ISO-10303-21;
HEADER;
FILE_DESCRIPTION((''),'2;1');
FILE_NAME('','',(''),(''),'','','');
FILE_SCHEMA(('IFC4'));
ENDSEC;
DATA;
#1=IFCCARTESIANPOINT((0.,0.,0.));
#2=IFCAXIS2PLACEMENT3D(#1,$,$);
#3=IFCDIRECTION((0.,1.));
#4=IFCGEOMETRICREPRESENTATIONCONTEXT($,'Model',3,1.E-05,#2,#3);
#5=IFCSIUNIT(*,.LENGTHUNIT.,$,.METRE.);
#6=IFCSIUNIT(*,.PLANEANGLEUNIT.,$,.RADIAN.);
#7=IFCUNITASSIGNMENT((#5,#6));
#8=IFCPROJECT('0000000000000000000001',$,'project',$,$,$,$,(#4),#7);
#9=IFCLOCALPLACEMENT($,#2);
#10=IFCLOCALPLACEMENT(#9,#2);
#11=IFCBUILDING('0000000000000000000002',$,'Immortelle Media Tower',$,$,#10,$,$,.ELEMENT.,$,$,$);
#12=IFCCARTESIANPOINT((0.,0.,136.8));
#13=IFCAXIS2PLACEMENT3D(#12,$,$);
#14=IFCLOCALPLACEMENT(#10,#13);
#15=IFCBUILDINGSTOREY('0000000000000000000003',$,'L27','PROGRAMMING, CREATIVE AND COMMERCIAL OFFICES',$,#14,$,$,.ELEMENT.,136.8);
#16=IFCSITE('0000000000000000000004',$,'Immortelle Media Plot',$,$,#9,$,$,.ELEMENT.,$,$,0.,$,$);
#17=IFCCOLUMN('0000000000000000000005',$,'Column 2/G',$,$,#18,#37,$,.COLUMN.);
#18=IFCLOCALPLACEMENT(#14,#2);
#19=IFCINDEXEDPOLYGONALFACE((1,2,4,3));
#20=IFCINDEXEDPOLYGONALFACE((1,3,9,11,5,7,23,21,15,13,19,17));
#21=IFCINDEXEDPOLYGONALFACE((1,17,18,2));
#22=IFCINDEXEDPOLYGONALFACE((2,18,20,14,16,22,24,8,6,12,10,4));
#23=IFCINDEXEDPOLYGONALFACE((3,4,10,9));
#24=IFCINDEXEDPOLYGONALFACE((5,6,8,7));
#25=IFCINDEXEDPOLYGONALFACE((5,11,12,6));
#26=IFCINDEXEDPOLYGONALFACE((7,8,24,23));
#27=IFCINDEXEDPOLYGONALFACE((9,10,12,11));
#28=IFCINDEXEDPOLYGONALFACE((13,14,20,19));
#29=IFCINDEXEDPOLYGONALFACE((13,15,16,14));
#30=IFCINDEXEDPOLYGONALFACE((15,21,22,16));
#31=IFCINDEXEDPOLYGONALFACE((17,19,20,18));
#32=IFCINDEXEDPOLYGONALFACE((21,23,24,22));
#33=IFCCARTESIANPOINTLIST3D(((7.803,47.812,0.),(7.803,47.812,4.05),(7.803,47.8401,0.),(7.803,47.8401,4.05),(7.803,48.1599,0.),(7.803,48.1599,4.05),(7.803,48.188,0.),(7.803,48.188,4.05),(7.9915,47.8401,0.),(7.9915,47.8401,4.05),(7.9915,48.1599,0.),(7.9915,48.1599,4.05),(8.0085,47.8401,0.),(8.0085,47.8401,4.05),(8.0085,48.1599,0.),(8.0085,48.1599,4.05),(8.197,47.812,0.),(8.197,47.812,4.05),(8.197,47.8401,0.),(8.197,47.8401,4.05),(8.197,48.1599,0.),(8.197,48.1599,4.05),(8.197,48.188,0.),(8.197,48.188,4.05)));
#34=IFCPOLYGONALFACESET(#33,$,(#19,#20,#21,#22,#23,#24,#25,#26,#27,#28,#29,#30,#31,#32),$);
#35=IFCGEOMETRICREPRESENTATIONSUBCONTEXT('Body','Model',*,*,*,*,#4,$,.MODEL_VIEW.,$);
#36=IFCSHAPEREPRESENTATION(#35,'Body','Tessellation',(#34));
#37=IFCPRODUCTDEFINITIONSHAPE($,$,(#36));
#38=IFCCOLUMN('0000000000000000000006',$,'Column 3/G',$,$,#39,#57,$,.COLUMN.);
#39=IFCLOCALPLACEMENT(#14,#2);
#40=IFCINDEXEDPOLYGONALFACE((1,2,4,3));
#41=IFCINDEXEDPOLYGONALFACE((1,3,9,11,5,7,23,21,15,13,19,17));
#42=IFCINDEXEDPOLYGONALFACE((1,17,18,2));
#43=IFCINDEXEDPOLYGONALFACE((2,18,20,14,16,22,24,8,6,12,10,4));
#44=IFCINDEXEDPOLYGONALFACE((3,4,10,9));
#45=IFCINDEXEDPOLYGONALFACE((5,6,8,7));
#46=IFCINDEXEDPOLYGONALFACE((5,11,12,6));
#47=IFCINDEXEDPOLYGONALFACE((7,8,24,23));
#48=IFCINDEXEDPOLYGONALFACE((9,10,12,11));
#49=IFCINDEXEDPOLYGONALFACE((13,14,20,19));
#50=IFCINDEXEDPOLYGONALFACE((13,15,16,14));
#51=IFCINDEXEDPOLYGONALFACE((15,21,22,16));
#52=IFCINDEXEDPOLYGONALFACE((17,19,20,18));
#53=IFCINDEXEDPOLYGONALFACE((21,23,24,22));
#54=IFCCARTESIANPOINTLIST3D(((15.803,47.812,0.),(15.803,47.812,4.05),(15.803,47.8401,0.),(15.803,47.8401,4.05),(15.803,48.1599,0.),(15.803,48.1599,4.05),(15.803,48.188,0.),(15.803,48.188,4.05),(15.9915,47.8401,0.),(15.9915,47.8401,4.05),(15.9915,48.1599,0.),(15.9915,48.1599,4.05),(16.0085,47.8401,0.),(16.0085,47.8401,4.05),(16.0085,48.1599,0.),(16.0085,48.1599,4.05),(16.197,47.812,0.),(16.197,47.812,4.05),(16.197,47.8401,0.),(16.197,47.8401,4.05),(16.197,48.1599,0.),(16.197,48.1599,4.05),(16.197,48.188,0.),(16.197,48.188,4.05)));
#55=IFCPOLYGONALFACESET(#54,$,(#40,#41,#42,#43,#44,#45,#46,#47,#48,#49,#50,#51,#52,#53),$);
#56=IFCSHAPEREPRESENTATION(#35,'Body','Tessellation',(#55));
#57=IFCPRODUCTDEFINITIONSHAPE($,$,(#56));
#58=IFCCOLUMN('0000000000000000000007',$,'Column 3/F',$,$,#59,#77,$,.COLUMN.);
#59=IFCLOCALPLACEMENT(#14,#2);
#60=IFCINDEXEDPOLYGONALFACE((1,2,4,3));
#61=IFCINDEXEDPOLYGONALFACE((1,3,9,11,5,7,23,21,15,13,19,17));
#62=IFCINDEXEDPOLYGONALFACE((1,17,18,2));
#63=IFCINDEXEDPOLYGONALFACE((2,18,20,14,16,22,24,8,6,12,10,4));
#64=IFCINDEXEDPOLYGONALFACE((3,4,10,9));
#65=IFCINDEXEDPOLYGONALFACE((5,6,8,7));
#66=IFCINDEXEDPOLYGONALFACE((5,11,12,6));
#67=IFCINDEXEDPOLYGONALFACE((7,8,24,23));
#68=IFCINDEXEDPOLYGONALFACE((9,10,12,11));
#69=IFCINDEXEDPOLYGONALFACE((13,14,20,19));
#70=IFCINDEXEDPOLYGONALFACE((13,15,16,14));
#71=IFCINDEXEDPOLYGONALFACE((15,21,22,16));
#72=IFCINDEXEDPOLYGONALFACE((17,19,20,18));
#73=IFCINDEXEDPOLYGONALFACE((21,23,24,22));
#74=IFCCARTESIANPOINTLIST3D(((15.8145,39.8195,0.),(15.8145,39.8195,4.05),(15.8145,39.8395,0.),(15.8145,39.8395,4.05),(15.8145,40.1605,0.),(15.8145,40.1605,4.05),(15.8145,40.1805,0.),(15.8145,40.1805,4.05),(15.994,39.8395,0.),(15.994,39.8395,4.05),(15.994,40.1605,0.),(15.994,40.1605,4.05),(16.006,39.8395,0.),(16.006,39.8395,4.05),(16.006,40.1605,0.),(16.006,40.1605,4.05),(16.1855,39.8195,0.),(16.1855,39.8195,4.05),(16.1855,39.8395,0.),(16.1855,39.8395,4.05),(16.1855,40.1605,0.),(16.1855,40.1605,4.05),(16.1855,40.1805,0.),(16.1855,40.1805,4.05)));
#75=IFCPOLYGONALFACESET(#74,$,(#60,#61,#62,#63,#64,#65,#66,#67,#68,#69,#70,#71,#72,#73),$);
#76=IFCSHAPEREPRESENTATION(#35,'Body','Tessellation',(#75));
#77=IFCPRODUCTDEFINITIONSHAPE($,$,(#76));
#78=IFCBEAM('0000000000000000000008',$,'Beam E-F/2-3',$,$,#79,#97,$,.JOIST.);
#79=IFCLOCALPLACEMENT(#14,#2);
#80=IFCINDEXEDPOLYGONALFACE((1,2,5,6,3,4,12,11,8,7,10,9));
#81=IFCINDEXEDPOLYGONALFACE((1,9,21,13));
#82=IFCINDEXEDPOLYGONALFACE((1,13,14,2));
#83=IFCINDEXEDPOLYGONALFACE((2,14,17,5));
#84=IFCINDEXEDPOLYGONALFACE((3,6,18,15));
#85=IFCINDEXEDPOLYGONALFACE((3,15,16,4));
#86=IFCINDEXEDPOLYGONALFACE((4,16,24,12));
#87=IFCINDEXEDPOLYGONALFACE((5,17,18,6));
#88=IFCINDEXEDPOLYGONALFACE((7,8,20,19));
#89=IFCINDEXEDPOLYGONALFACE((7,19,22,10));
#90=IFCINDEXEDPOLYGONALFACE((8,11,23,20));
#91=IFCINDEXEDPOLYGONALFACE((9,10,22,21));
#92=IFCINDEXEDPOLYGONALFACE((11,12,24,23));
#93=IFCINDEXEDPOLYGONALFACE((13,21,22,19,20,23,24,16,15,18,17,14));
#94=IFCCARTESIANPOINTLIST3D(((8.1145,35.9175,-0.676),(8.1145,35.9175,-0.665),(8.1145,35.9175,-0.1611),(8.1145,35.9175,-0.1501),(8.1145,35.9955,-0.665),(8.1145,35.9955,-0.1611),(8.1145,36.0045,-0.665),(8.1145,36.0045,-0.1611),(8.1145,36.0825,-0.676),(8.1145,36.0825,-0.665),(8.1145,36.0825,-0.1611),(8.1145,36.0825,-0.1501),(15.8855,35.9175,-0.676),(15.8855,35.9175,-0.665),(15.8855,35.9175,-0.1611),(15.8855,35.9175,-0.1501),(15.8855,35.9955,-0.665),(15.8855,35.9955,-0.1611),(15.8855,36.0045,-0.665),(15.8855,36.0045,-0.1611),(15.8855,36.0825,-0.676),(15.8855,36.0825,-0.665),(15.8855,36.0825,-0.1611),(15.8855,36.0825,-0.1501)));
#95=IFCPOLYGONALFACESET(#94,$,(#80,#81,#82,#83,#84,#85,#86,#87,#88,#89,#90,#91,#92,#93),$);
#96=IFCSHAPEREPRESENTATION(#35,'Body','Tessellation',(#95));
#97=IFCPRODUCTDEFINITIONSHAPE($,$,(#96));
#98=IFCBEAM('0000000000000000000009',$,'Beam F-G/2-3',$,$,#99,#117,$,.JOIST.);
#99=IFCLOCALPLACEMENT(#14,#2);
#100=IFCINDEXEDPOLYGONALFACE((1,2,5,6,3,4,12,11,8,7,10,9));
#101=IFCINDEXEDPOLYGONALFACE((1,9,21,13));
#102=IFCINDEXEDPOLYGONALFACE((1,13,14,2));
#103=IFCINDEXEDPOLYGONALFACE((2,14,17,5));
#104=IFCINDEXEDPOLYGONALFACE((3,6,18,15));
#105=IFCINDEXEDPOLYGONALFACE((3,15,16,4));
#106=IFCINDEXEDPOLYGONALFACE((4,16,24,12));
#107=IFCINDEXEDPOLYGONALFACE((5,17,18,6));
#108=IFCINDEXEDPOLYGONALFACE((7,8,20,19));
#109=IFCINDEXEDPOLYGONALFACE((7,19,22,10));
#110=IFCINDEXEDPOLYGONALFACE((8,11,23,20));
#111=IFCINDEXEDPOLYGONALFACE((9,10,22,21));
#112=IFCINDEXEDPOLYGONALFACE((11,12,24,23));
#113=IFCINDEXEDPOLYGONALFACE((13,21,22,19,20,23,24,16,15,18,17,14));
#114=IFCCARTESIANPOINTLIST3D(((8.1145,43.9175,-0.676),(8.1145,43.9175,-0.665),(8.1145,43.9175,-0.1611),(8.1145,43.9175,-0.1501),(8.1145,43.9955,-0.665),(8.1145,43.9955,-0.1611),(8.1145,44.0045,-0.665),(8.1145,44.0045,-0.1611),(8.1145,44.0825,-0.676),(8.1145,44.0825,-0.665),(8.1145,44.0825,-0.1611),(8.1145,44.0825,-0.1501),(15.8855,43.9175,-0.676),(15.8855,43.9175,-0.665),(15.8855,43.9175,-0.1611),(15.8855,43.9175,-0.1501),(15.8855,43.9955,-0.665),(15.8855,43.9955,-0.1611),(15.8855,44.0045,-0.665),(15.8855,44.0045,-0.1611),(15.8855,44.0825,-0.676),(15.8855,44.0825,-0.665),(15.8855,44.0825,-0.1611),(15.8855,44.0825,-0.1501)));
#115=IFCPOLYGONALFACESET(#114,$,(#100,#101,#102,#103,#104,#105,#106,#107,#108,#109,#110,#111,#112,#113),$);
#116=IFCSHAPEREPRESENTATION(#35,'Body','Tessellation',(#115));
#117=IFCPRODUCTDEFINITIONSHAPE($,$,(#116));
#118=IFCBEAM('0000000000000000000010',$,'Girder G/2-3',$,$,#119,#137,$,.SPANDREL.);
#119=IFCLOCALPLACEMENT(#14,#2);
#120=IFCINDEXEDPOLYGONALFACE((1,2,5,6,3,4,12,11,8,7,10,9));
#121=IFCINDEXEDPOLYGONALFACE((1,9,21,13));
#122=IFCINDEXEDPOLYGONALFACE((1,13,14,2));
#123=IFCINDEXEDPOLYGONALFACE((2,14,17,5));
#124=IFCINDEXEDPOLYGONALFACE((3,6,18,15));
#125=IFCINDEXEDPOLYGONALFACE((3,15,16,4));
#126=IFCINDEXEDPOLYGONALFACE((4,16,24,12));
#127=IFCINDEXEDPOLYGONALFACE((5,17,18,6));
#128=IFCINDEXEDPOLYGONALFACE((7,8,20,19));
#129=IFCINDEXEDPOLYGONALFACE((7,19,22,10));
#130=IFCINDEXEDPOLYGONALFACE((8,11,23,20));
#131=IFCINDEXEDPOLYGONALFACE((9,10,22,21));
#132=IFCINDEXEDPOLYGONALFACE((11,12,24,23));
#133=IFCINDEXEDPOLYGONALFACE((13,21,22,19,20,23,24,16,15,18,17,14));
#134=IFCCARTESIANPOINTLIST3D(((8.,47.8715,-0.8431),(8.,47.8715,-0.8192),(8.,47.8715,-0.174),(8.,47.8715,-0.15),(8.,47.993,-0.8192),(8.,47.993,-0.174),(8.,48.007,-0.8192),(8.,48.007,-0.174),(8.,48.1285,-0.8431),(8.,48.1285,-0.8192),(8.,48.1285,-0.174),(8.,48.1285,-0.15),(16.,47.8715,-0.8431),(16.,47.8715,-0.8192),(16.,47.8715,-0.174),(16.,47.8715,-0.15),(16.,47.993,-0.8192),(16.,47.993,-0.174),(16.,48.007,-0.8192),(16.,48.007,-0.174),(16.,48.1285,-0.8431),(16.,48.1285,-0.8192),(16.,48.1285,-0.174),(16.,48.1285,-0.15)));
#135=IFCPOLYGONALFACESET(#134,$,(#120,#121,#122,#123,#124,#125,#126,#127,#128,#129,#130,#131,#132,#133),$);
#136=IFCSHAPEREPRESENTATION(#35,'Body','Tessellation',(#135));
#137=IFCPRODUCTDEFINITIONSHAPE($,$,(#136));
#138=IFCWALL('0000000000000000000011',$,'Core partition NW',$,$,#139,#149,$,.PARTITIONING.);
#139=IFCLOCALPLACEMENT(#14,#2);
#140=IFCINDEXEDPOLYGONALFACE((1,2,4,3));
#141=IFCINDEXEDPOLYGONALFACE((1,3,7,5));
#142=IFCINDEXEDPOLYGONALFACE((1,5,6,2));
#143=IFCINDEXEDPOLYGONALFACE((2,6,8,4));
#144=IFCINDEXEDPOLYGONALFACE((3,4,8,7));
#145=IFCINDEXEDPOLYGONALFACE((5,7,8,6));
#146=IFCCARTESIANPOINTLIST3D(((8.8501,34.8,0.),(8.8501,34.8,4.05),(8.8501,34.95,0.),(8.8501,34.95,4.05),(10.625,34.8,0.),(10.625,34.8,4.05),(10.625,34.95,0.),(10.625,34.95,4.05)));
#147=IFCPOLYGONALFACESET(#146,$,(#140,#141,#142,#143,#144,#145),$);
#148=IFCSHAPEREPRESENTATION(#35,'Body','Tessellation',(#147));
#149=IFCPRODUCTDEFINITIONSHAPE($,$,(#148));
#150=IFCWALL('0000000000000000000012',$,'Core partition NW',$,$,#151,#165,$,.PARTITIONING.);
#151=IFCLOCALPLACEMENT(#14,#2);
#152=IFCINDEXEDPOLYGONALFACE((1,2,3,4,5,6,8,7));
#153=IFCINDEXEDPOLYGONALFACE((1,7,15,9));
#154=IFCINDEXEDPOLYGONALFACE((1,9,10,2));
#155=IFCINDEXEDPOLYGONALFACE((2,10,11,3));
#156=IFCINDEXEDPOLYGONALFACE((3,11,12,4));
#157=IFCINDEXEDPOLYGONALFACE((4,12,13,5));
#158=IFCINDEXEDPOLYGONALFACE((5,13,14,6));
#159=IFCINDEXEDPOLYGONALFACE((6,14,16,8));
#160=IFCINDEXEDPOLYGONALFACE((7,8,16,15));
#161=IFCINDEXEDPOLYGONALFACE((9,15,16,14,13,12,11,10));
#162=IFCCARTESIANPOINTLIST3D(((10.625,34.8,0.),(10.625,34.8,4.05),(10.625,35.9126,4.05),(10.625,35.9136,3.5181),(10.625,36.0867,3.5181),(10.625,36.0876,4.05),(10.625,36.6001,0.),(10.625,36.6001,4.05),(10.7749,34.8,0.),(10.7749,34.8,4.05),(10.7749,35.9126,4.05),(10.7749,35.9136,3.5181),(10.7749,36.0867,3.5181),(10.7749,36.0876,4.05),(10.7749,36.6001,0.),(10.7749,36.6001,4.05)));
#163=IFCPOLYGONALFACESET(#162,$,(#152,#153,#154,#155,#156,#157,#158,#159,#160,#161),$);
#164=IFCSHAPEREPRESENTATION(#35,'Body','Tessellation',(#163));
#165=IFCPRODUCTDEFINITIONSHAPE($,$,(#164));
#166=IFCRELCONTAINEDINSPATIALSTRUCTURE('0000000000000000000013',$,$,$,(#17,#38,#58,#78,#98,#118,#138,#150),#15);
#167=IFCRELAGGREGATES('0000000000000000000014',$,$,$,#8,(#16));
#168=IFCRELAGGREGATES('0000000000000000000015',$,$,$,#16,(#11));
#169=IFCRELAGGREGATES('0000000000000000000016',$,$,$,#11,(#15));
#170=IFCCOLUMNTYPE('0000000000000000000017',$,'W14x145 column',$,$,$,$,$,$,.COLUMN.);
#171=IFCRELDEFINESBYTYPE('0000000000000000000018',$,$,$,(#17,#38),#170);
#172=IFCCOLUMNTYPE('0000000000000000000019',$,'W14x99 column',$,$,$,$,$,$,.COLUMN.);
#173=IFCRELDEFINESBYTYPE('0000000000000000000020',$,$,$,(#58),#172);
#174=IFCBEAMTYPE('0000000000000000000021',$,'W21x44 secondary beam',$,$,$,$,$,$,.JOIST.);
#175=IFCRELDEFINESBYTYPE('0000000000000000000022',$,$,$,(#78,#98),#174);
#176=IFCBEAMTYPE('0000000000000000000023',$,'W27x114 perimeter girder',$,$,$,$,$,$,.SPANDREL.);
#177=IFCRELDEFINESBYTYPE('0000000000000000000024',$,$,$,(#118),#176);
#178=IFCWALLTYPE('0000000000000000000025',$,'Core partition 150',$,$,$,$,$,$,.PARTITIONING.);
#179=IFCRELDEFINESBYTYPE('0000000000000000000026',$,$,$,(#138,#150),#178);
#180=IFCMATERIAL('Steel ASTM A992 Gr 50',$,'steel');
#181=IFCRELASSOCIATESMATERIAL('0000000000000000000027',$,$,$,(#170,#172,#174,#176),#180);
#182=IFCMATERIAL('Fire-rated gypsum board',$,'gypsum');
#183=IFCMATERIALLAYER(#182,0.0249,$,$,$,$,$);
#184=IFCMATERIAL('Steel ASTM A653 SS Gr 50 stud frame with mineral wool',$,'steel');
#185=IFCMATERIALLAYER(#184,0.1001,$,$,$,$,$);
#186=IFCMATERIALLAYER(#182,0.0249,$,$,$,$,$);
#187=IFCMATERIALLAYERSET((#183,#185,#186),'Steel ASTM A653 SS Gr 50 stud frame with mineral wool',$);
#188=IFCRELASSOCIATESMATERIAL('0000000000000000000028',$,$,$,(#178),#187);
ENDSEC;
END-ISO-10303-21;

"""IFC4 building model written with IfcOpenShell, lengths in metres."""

from ifc_helpers import new_model, si_unit, direction, frame, frame_2d, origin, origin_2d, place, context, subcontext, project, spatial, polyline, rectangle, i_section, outline, extrude, material, layer, layer_set, material_profile, profile_set, type_object, element, save


model = new_model("IFC4")

# Units and contexts
model_context = context("Model", 3, precision=1e-05, world=origin(), true_north=direction((0.0, 1.0)))
body_context = subcontext(model_context, "Body", "Model", "MODEL_VIEW")
ifc_project = project(units=[si_unit("LENGTHUNIT", "METRE"), si_unit("PLANEANGLEUNIT", "RADIAN")], contexts=[model_context])

# Site, building, storey
site_placement = place(None, origin())
site = spatial("IfcSite", under=ifc_project, at=site_placement, Name="Immortelle Media Plot", CompositionType="ELEMENT", RefElevation=0.0)
building_placement = place(site_placement, origin())
building = spatial("IfcBuilding", under=site, at=building_placement, Name="Immortelle Media Tower", CompositionType="ELEMENT")
storey_placement = place(building_placement, frame((0.0, 0.0, 136.8)))
storey = spatial("IfcBuildingStorey", under=building, at=storey_placement, Name="L27", Description="PROGRAMMING, CREATIVE AND COMMERCIAL OFFICES", CompositionType="ELEMENT", Elevation=136.8)

# Columns
ifc_material_1 = material(Name="Steel ASTM A992 Gr 50", Category="steel")
ifc_material_profile_1 = material_profile(ifc_material_1, i_section(OverallWidth=0.394, OverallDepth=0.376, WebThickness=0.0171, FlangeThickness=0.0281, at=origin_2d()), Name="W14x145")
ifc_profile_set_1 = profile_set([ifc_material_profile_1], Name="Steel ASTM A992 Gr 50")
column_type_1 = type_object("IfcColumnType", Name="W14x145 column", PredefinedType="COLUMN", material=ifc_profile_set_1)
for number, where, z_axis, x_axis, name in (
    (1, (8.0, 48.0, 0.0), (0.0, 0.0, 1.0), (1.0, 0.0, 0.0), "Column 2/G"),
    (2, (16.0, 48.0, 0.0), (0.0, 0.0, 1.0), (1.0, 0.0, 0.0), "Column 3/G"),
):
    element("IfcColumn", number, at=place(storey_placement, frame(where, z_axis=z_axis, x_axis=x_axis)), inside=storey, type_object=column_type_1, Name=name, PredefinedType="COLUMN", context=body_context, shape_type="SweptSolid", body=[
        extrude(i_section(OverallWidth=0.394, OverallDepth=0.376, WebThickness=0.0171, FlangeThickness=0.0281, at=origin_2d()), origin(), (0.0, 0.0, 1.0), 4.05),
    ])
ifc_material_profile_2 = material_profile(ifc_material_1, i_section(OverallWidth=0.3711, OverallDepth=0.3611, WebThickness=0.012, FlangeThickness=0.02, at=origin_2d()), Name="W14x99")
ifc_profile_set_2 = profile_set([ifc_material_profile_2], Name="Steel ASTM A992 Gr 50")
column_type_2 = type_object("IfcColumnType", Name="W14x99 column", PredefinedType="COLUMN", material=ifc_profile_set_2)
column_placement = place(storey_placement, frame((16.0, 40.0, 0.0), z_axis=(0.0, 0.0, 1.0), x_axis=(1.0, 0.0, 0.0)))
element("IfcColumn", 3, at=column_placement, inside=storey, type_object=column_type_2, Name="Column 3/F", PredefinedType="COLUMN", context=body_context, shape_type="SweptSolid", body=[
    extrude(i_section(OverallWidth=0.3711, OverallDepth=0.3611, WebThickness=0.012, FlangeThickness=0.02, at=origin_2d()), origin(), (0.0, 0.0, 1.0), 4.05),
])

# Beams
ifc_material_profile_3 = material_profile(ifc_material_1, i_section(OverallWidth=0.165, OverallDepth=0.5259, WebThickness=0.009, FlangeThickness=0.011, at=origin_2d()), Name="W21x44")
ifc_profile_set_3 = profile_set([ifc_material_profile_3], Name="Steel ASTM A992 Gr 50")
beam_type_1 = type_object("IfcBeamType", Name="W21x44 secondary beam", PredefinedType="JOIST", material=ifc_profile_set_3)
for number, where, z_axis, x_axis, name in (
    (4, (8.1145, 36.0, -0.4131), (1.0, 0.0, 0.0), (0.0, 1.0, 0.0), "Beam E-F/2-3"),
    (5, (8.1145, 44.0, -0.4131), (1.0, 0.0, 0.0), (0.0, 1.0, 0.0), "Beam F-G/2-3"),
):
    element("IfcBeam", number, at=place(storey_placement, frame(where, z_axis=z_axis, x_axis=x_axis)), inside=storey, type_object=beam_type_1, Name=name, PredefinedType="JOIST", context=body_context, shape_type="SweptSolid", body=[
        extrude(i_section(OverallWidth=0.165, OverallDepth=0.5259, WebThickness=0.009, FlangeThickness=0.011, at=origin_2d()), origin(), (0.0, 0.0, 1.0), 7.771),
    ])
ifc_material_profile_4 = material_profile(ifc_material_1, i_section(OverallWidth=0.2571, OverallDepth=0.6931, WebThickness=0.0139, FlangeThickness=0.0239, at=origin_2d()), Name="W27x114")
ifc_profile_set_4 = profile_set([ifc_material_profile_4], Name="Steel ASTM A992 Gr 50")
beam_type_2 = type_object("IfcBeamType", Name="W27x114 perimeter girder", PredefinedType="SPANDREL", material=ifc_profile_set_4)
beam_placement = place(storey_placement, frame((8.0, 48.0, -0.4966), z_axis=(1.0, 0.0, 0.0), x_axis=(0.0, 1.0, 0.0)))
element("IfcBeam", 6, at=beam_placement, inside=storey, type_object=beam_type_2, Name="Girder G/2-3", PredefinedType="SPANDREL", context=body_context, shape_type="SweptSolid", body=[
    extrude(i_section(OverallWidth=0.2571, OverallDepth=0.6931, WebThickness=0.0139, FlangeThickness=0.0239, at=origin_2d()), origin(), (0.0, 0.0, 1.0), 8.0),
])

# Walls
ifc_material_2 = material(Name="Fire-rated gypsum board", Category="gypsum")
ifc_layer_1 = layer(ifc_material_2, 0.0249)
ifc_material_3 = material(Name="Steel ASTM A653 SS Gr 50 stud frame with mineral wool", Category="steel")
ifc_layer_2 = layer(ifc_material_3, 0.1001)
ifc_layer_3 = layer(ifc_material_2, 0.0249)
ifc_layer_set_1 = layer_set([ifc_layer_1, ifc_layer_2, ifc_layer_3], Name="Steel ASTM A653 SS Gr 50 stud frame with mineral wool")
wall_type_1 = type_object("IfcWallType", Name="Core partition 150", PredefinedType="PARTITIONING", material=ifc_layer_set_1)
wall_1_placement = place(storey_placement, frame((8.8501, 34.875, 0.0), z_axis=(0.0, 0.0, 1.0), x_axis=(1.0, 0.0, 0.0)))
element("IfcWall", 7, at=wall_1_placement, inside=storey, type_object=wall_type_1, Name="Core partition NW", PredefinedType="PARTITIONING", context=body_context, shape_type="SweptSolid", body=[
    extrude(rectangle(XDim=1.7749, YDim=0.1499, at=frame_2d((0.8875, 0.0))), origin(), (0.0, 0.0, 1.0), 4.05),
])
wall_2_placement = place(storey_placement, frame((10.7, 34.8, 0.0), z_axis=(0.0, 0.0, 1.0), x_axis=(0.0, 1.0, 0.0)))
element("IfcWall", 8, at=wall_2_placement, inside=storey, type_object=wall_type_1, Name="Core partition NW", PredefinedType="PARTITIONING", context=body_context, shape_type="SweptSolid", body=[
    extrude(outline(polyline([(0.0, 0.0), (1.8, 0.0), (1.8, 4.05), (1.2876, 4.05), (1.2866, 3.5181), (1.1135, 3.5181), (1.1125, 4.05), (0.0, 4.05), (0.0, 0.0)])), frame((0.0, 0.075, 0.0), z_axis=(0.0, -1.0, 0.0), x_axis=(1.0, 0.0, 0.0)), (0.0, 0.0, 1.0), 0.1499),
])

save(model, "model.ifc")
